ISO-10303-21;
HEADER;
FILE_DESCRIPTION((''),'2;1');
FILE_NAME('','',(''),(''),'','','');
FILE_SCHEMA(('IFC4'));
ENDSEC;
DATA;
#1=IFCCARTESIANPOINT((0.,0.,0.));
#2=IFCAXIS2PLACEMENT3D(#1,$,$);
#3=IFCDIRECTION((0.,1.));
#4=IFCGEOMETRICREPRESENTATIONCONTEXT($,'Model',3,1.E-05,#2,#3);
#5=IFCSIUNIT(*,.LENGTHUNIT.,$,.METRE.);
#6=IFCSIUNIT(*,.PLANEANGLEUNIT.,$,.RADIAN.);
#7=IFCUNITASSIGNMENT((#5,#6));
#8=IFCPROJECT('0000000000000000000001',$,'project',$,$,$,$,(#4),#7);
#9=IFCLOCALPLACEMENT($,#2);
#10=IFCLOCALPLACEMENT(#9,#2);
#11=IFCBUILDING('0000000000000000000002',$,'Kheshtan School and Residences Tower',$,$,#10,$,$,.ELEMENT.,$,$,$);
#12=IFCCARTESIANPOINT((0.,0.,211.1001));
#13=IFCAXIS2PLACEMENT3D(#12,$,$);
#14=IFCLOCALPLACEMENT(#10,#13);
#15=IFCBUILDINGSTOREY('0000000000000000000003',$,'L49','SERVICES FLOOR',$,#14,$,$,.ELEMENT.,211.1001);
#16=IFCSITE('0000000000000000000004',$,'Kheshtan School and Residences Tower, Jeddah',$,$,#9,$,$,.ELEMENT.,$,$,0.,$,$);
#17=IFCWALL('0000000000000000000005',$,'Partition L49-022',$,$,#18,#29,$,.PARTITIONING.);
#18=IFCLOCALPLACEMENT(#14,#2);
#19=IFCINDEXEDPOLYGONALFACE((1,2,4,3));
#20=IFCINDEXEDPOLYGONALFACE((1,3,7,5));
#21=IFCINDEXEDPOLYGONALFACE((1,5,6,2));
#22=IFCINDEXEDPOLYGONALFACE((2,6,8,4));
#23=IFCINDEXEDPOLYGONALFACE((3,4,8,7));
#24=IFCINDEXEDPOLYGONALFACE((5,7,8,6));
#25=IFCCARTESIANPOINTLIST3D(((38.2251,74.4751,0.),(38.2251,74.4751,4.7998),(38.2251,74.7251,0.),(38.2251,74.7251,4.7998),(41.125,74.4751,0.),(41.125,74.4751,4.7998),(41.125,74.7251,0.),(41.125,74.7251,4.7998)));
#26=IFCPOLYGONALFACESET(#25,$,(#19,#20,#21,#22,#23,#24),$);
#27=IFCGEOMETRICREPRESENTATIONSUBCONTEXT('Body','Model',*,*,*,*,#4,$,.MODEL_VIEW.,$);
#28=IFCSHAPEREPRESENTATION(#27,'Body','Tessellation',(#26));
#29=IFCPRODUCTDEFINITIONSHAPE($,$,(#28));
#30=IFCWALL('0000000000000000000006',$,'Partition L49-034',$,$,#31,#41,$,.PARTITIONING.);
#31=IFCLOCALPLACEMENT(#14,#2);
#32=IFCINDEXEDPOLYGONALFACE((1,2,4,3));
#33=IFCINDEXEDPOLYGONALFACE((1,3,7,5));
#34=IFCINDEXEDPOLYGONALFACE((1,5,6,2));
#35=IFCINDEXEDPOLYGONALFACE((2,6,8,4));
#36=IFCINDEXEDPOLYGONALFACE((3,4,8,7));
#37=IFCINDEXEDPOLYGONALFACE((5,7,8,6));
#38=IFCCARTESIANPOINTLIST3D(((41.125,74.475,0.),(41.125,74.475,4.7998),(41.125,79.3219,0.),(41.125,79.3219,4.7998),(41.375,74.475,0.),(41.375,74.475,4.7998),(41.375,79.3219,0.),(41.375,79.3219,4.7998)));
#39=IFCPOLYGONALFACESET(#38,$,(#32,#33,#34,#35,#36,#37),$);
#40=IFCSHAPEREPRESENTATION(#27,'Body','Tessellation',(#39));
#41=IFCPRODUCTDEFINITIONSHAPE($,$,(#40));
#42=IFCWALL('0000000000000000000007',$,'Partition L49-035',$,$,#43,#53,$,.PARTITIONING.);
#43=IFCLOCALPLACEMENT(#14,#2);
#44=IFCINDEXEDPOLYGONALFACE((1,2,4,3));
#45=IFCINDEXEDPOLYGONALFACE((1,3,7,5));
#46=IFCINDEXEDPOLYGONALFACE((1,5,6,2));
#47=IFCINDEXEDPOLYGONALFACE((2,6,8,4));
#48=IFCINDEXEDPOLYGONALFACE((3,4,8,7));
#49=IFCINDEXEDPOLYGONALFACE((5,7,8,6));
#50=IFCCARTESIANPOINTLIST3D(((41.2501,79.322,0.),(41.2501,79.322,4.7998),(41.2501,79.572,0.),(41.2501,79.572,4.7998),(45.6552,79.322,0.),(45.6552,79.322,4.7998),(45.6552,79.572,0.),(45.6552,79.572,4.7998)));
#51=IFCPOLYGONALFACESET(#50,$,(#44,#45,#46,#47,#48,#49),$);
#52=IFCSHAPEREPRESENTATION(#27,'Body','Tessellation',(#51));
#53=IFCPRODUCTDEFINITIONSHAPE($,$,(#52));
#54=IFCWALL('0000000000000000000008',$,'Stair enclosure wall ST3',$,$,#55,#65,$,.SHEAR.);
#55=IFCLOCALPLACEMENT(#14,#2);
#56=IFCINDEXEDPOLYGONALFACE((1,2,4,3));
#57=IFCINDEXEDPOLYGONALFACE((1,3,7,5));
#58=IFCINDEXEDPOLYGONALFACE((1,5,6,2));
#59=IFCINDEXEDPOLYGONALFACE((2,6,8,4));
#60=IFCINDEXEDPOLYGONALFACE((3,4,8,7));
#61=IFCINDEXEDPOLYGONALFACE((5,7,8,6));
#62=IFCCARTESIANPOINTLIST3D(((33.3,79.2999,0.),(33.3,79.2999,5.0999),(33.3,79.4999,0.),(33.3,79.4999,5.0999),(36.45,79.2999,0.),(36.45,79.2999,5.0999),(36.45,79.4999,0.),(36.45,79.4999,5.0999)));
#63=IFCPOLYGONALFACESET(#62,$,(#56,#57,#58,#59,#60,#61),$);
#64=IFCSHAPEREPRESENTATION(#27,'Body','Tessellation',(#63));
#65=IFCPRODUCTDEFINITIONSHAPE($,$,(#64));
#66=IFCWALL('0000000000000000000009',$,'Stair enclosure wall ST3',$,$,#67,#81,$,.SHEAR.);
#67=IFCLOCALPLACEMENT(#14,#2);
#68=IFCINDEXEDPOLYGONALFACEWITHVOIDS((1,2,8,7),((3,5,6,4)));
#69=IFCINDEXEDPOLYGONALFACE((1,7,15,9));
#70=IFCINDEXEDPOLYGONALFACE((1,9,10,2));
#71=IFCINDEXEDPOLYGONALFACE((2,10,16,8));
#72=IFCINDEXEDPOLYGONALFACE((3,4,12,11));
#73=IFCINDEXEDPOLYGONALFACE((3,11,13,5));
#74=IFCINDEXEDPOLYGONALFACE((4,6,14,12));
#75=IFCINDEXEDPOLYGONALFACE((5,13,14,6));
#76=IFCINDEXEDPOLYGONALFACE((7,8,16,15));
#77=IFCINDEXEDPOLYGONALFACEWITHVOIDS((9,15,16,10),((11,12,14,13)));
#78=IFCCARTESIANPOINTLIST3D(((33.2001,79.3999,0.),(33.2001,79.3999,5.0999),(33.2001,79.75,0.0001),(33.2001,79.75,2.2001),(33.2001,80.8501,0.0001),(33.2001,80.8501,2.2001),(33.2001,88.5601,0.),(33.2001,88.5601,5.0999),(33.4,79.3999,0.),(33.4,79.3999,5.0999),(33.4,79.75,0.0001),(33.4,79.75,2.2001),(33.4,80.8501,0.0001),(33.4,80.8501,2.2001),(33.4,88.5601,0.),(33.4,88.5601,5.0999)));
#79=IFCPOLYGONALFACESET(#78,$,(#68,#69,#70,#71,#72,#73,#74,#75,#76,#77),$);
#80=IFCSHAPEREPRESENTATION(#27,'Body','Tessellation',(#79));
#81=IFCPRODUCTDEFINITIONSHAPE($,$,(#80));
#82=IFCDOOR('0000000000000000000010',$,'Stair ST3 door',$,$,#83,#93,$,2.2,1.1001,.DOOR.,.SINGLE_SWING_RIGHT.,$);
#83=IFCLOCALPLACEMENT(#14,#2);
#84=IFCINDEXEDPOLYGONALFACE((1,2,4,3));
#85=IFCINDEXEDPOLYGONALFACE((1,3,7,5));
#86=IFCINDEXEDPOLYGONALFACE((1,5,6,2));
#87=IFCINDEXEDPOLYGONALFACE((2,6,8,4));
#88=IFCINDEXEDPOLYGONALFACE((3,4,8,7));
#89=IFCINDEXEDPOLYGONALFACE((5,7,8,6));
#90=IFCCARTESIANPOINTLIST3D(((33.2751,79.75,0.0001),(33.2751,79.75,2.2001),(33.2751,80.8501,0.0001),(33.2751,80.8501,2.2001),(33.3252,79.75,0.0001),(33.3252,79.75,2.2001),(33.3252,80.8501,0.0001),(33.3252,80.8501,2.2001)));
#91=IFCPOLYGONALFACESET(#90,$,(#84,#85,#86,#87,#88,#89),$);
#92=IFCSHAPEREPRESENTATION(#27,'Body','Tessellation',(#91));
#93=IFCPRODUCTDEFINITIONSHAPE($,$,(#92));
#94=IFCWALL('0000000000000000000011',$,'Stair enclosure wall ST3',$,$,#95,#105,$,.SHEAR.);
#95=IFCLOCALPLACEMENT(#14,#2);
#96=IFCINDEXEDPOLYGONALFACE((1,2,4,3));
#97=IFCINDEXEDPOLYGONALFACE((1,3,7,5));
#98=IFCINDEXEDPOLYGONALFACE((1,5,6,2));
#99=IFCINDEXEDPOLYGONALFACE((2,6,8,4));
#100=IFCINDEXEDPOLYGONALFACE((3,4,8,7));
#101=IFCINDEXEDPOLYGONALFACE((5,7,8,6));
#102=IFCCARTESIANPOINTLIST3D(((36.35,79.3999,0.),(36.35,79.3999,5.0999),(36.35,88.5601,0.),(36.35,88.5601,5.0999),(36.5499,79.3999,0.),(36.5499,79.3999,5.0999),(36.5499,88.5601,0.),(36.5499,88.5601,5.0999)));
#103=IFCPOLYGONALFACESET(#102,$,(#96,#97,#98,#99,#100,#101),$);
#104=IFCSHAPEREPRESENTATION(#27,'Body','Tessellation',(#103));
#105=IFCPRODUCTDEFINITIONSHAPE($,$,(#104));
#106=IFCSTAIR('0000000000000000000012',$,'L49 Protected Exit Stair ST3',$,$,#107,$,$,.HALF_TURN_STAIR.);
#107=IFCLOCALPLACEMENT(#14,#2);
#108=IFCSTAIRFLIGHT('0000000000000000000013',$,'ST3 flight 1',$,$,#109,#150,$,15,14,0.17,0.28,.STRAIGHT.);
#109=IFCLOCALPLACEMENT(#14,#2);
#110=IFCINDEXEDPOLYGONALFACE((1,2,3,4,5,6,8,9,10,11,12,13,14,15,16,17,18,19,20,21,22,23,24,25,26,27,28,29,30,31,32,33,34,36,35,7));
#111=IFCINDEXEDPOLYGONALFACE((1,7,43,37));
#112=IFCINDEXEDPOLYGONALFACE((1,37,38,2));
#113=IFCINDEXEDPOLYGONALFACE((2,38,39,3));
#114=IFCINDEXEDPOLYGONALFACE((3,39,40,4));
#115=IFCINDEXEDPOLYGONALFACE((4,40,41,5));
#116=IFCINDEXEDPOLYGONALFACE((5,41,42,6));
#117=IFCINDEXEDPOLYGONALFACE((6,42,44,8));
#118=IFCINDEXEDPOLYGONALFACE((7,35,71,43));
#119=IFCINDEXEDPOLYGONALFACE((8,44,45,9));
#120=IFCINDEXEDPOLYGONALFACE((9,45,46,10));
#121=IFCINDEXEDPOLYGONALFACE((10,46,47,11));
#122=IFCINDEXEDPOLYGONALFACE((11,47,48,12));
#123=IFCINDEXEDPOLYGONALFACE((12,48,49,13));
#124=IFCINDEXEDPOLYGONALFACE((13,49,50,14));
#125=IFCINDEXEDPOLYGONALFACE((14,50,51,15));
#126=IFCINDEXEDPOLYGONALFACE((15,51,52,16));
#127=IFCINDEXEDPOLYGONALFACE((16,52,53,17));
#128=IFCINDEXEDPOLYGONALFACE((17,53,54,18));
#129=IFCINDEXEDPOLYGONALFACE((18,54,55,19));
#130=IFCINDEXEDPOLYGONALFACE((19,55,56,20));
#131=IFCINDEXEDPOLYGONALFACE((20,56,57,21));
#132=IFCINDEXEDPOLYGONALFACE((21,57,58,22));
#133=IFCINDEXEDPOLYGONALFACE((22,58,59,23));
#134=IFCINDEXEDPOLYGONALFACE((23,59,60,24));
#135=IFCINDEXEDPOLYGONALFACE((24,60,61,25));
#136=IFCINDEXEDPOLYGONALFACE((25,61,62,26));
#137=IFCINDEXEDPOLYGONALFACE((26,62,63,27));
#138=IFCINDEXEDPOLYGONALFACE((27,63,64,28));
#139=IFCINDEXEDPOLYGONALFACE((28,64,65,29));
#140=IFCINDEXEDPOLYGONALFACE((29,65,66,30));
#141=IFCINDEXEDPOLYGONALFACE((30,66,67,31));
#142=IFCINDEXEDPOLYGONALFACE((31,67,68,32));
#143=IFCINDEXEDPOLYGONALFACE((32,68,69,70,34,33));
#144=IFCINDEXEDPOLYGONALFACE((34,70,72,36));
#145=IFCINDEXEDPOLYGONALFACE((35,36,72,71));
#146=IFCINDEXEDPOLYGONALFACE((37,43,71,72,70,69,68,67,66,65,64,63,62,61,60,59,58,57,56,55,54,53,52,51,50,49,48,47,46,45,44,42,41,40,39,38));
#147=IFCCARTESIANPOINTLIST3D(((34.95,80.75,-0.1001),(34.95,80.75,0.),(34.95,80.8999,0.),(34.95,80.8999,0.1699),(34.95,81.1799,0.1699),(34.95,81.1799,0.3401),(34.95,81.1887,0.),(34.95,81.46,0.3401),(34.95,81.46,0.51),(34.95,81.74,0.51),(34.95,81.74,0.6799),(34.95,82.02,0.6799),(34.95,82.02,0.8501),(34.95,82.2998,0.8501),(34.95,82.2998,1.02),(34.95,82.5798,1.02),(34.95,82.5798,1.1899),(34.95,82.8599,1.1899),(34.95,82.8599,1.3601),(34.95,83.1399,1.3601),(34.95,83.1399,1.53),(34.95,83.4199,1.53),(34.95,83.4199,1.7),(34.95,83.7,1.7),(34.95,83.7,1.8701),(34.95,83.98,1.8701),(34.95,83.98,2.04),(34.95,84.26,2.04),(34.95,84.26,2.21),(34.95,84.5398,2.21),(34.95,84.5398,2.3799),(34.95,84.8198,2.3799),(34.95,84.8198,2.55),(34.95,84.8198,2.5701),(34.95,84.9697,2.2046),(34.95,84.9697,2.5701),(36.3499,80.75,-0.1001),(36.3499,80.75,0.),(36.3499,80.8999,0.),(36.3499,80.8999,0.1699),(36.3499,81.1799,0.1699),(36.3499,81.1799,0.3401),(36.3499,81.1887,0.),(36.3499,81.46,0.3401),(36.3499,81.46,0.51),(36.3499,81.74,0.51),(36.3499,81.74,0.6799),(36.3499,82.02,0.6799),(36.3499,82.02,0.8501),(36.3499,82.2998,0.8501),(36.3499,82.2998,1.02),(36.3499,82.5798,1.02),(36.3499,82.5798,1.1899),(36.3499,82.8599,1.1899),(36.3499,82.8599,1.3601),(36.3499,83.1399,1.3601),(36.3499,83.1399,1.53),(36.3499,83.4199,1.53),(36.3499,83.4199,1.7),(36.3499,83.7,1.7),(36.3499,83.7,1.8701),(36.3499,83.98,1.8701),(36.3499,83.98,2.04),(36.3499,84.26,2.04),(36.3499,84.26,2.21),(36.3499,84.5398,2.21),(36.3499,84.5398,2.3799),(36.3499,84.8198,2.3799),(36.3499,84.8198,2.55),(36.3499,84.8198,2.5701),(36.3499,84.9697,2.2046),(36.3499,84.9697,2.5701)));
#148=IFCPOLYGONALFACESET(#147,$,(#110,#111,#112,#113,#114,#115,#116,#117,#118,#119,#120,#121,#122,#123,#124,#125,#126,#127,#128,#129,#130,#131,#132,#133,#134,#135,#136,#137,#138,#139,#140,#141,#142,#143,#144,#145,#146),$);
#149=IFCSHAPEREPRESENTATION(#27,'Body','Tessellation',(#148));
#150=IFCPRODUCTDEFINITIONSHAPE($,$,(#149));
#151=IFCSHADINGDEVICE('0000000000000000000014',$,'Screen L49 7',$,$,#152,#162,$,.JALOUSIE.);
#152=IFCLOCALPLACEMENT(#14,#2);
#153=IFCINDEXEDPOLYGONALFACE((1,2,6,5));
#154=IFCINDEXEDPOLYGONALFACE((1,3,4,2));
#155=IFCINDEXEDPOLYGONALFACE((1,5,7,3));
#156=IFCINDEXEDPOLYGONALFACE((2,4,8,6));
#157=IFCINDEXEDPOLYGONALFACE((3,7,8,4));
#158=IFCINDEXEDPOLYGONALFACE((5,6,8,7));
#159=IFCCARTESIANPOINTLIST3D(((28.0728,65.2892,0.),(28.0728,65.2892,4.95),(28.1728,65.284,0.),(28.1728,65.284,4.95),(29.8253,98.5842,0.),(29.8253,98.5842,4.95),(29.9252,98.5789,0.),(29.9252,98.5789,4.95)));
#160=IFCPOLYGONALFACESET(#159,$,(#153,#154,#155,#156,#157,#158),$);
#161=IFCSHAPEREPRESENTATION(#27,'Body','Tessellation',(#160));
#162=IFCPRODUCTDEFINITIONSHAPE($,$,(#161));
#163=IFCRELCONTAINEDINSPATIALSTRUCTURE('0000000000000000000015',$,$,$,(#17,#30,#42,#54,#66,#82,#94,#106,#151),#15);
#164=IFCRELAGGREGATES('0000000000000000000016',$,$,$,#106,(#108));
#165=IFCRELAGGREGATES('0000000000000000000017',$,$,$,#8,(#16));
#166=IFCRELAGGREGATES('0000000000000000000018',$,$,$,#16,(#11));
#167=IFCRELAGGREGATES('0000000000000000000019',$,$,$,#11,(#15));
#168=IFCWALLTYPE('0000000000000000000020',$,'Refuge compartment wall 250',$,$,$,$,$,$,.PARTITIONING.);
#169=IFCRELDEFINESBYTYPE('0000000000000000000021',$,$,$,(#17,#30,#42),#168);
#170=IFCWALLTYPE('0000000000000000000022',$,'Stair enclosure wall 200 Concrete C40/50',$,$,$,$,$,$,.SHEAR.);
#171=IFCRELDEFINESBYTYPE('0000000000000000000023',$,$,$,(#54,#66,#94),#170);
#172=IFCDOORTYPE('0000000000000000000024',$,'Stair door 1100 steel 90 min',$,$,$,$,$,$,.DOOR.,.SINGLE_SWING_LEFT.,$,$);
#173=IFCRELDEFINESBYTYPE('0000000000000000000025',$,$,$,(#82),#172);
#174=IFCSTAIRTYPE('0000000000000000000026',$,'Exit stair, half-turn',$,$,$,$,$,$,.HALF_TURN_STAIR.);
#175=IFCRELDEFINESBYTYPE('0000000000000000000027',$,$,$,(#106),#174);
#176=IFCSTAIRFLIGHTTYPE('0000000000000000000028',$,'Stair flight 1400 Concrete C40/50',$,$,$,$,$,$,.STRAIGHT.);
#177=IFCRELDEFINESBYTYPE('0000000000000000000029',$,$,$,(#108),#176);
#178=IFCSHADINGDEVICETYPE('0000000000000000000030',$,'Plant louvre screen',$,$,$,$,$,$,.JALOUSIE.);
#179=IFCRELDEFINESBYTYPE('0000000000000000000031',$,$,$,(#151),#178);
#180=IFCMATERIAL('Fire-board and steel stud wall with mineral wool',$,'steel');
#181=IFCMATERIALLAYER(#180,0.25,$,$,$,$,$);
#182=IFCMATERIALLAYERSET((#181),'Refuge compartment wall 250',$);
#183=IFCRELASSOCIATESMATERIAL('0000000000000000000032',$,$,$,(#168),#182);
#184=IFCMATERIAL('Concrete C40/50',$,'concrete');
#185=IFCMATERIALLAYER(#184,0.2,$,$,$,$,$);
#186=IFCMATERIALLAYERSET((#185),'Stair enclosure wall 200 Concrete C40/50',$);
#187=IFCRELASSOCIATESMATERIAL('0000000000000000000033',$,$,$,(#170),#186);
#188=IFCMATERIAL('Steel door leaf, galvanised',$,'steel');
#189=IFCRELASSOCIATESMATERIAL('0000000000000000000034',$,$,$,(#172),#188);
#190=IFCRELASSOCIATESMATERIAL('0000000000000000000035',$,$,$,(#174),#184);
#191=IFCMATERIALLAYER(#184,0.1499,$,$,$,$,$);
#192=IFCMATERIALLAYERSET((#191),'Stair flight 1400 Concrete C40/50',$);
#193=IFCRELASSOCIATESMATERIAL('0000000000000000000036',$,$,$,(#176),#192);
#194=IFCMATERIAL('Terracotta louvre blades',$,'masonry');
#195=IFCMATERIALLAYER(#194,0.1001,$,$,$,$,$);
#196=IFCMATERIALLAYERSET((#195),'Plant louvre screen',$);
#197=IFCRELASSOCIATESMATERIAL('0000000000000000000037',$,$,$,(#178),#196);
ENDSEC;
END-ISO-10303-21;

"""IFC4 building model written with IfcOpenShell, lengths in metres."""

from ifc_helpers import new_model, si_unit, direction, frame, frame_2d, origin, origin_2d, place, context, subcontext, project, spatial, polyline, rectangle, outline, extrude, source, transform, mapped, material, layer, layer_set, type_object, element, fill, aggregate, save


model = new_model("IFC4")

# Units and contexts
model_context = context("Model", 3, precision=1e-05, world=origin(), true_north=direction((0.0, 1.0)))
body_context = subcontext(model_context, "Body", "Model", "MODEL_VIEW")
ifc_project = project(units=[si_unit("LENGTHUNIT", "METRE"), si_unit("PLANEANGLEUNIT", "RADIAN")], contexts=[model_context])

# Site, building, storey
site_placement = place(None, origin())
site = spatial("IfcSite", under=ifc_project, at=site_placement, Name="Kheshtan School and Residences Tower, Jeddah", CompositionType="ELEMENT", RefElevation=0.0)
building_placement = place(site_placement, origin())
building = spatial("IfcBuilding", under=site, at=building_placement, Name="Kheshtan School and Residences Tower", CompositionType="ELEMENT")
storey_placement = place(building_placement, frame((0.0, 0.0, 211.1001)))
storey = spatial("IfcBuildingStorey", under=building, at=storey_placement, Name="L49", Description="SERVICES FLOOR", CompositionType="ELEMENT", Elevation=211.1001)

# Shared definitions
ifc_material_1 = material(Name="Fire-board and steel stud wall with mineral wool", Category="steel")

# Walls
ifc_layer_1 = layer(ifc_material_1, 0.25)
ifc_layer_set_1 = layer_set([ifc_layer_1], Name="Refuge compartment wall 250")
wall_type_1 = type_object("IfcWallType", Name="Refuge compartment wall 250", PredefinedType="PARTITIONING", material=ifc_layer_set_1)
wall_1_placement = place(storey_placement, frame((38.2251, 74.6001, 0.0), z_axis=(0.0, 0.0, 1.0), x_axis=(1.0, 0.0, 0.0)))
element("IfcWall", 1, at=wall_1_placement, inside=storey, type_object=wall_type_1, Name="Partition L49-022", PredefinedType="PARTITIONING", context=body_context, shape_type="SweptSolid", body=[
    extrude(rectangle(XDim=2.8999, YDim=0.25, at=frame_2d((1.45, 0.0))), origin(), (0.0, 0.0, 1.0), 4.7998),
])
wall_2_placement = place(storey_placement, frame((41.25, 74.4751, 0.0), z_axis=(0.0, 0.0, 1.0), x_axis=(0.0, 1.0, 0.0)))
element("IfcWall", 2, at=wall_2_placement, inside=storey, type_object=wall_type_1, Name="Partition L49-034", PredefinedType="PARTITIONING", context=body_context, shape_type="SweptSolid", body=[
    extrude(rectangle(XDim=4.8469, YDim=0.25, at=frame_2d((2.4233, 0.0))), origin(), (0.0, 0.0, 1.0), 4.7998),
])
wall_3_placement = place(storey_placement, frame((41.25, 79.447, 0.0), z_axis=(0.0, 0.0, 1.0), x_axis=(1.0, 0.0, 0.0)))
element("IfcWall", 3, at=wall_3_placement, inside=storey, type_object=wall_type_1, Name="Partition L49-035", PredefinedType="PARTITIONING", context=body_context, shape_type="SweptSolid", body=[
    extrude(rectangle(XDim=4.405, YDim=0.25, at=frame_2d((2.2026, 0.0))), origin(), (0.0, 0.0, 1.0), 4.7998),
])
ifc_material_2 = material(Name="Concrete C40/50", Category="concrete")
ifc_layer_2 = layer(ifc_material_2, 0.2)
ifc_layer_set_2 = layer_set([ifc_layer_2], Name="Stair enclosure wall 200 Concrete C40/50")
wall_type_2 = type_object("IfcWallType", Name="Stair enclosure wall 200 Concrete C40/50", PredefinedType="SHEAR", material=ifc_layer_set_2)
wall_4_placement = place(storey_placement, frame((33.3, 79.3999, 0.0), z_axis=(0.0, 0.0, 1.0), x_axis=(1.0, 0.0, 0.0)))
element("IfcWall", 4, at=wall_4_placement, inside=storey, type_object=wall_type_2, Name="Stair enclosure wall ST3", PredefinedType="SHEAR", context=body_context, shape_type="SweptSolid", body=[
    extrude(rectangle(XDim=3.1499, YDim=0.2, at=frame_2d((1.575, 0.0))), origin(), (0.0, 0.0, 1.0), 5.0999),
])

# Wall, opening, door
wall_5_placement = place(storey_placement, frame((33.3, 79.3999, 0.0), z_axis=(0.0, 0.0, 1.0), x_axis=(0.0, 1.0, 0.0)))
wall_5 = element("IfcWall", 5, at=wall_5_placement, inside=storey, type_object=wall_type_2, Name="Stair enclosure wall ST3", PredefinedType="SHEAR", context=body_context, shape_type="SweptSolid", body=[
    extrude(rectangle(XDim=9.1602, YDim=0.2, at=frame_2d((4.5801, 0.0))), origin(), (0.0, 0.0, 1.0), 5.0999),
])
opening_1_placement = place(wall_5_placement, frame((0.3501, 0.0, 0.0)))
opening_1 = element("IfcOpeningElement", 6, at=opening_1_placement, cuts=wall_5, PredefinedType="OPENING", context=body_context, shape_type="SweptSolid", body=[
    extrude(rectangle(XDim=1.1001, YDim=2.2, at=frame_2d((0.55, 1.1001))), frame((0.0, 0.1099, 0.0), z_axis=(0.0, -1.0, 0.0), x_axis=(1.0, 0.0, 0.0)), (0.0, 0.0, 1.0), 0.22),
])
ifc_material_3 = material(Name="Steel door leaf, galvanised", Category="steel")
door_type_1 = type_object("IfcDoorType", Name="Stair door 1100 steel 90 min", OperationType="SINGLE_SWING_LEFT", PredefinedType="DOOR", material=ifc_material_3)
shared_shape_1 = source(origin(), body_context, "Body", "SweptSolid", [
    extrude(rectangle(XDim=1.1001, YDim=2.2, at=frame_2d((0.55, 1.1001))), frame((0.0, 0.0249, 0.0), z_axis=(0.0, -1.0, 0.0), x_axis=(1.0, 0.0, 0.0)), (0.0, 0.0, 1.0), 0.05),
])
door_1_placement = place(opening_1_placement, origin())
door_1 = element("IfcDoor", 7, at=door_1_placement, inside=storey, type_object=door_type_1, Name="Stair ST3 door", OperationType="SINGLE_SWING_RIGHT", OverallHeight=2.2, OverallWidth=1.1001, PredefinedType="DOOR", context=body_context, shape_type="MappedRepresentation", body=[
    mapped(shared_shape_1, transform((0.0, 0.0, 0.0), x_axis=(1.0, 0.0, 0.0), y_axis=(0.0, 1.0, 0.0), z_axis=(0.0, 0.0, 1.0), scale=1.0)),
])
fill(opening_1, door_1)

# Wall
wall_6_placement = place(storey_placement, frame((36.45, 79.3999, 0.0), z_axis=(0.0, 0.0, 1.0), x_axis=(0.0, 1.0, 0.0)))
element("IfcWall", 8, at=wall_6_placement, inside=storey, type_object=wall_type_2, Name="Stair enclosure wall ST3", PredefinedType="SHEAR", context=body_context, shape_type="SweptSolid", body=[
    extrude(rectangle(XDim=9.1602, YDim=0.2, at=frame_2d((4.5801, 0.0))), origin(), (0.0, 0.0, 1.0), 5.0999),
])

# Stair, stair flight
stair_type = type_object("IfcStairType", Name="Exit stair, half-turn", PredefinedType="HALF_TURN_STAIR", material=ifc_material_2)
stair_placement = place(storey_placement, origin())
stair = element("IfcStair", 9, at=stair_placement, inside=storey, type_object=stair_type, Name="L49 Protected Exit Stair ST3", PredefinedType="HALF_TURN_STAIR")
ifc_layer_3 = layer(ifc_material_2, 0.1499)
ifc_layer_set_3 = layer_set([ifc_layer_3], Name="Stair flight 1400 Concrete C40/50")
stair_flight_type = type_object("IfcStairFlightType", Name="Stair flight 1400 Concrete C40/50", PredefinedType="STRAIGHT", material=ifc_layer_set_3)
stair_flight_placement = place(storey_placement, frame((35.6499, 80.8999, 0.0), z_axis=(0.0, 0.0, 1.0), x_axis=(0.0, 1.0, 0.0)))
stair_flight = element("IfcStairFlight", 10, at=stair_flight_placement, type_object=stair_flight_type, Name="ST3 flight 1", NumberOfRisers=15, NumberOfTreads=14, PredefinedType="STRAIGHT", RiserHeight=0.17, TreadLength=0.28, context=body_context, shape_type="SweptSolid", body=[
    extrude(outline(polyline([(-0.1499, -0.1001), (-0.1499, 0.0), (0.0, 0.0), (0.0, 0.1699), (0.28, 0.1699), (0.28, 0.3401), (0.5601, 0.3401), (0.5601, 0.51), (0.8401, 0.51), (0.8401, 0.6799), (1.1201, 0.6799), (1.1201, 0.8501), (1.3999, 0.8501), (1.3999, 1.02), (1.6799, 1.02), (1.6799, 1.1899), (1.96, 1.1899), (1.96, 1.3601), (2.24, 1.3601), (2.24, 1.53), (2.52, 1.53), (2.52, 1.7), (2.8, 1.7), (2.8, 1.8701), (3.0801, 1.8701), (3.0801, 2.04), (3.3601, 2.04), (3.3601, 2.21), (3.6399, 2.21), (3.6399, 2.3799), (3.9199, 2.3799), (3.9199, 2.55), (3.9199, 2.5701), (4.0698, 2.5701), (4.0698, 2.2046), (0.2888, 0.0), (-0.1499, -0.1001)])), frame((0.0, 0.7, 0.0), z_axis=(0.0, -1.0, 0.0), x_axis=(1.0, 0.0, 0.0)), (0.0, 0.0, 1.0), 1.3999),
])
aggregate(stair, [stair_flight])

# Shading device
ifc_material_4 = material(Name="Terracotta louvre blades", Category="masonry")
ifc_layer_4 = layer(ifc_material_4, 0.1001)
ifc_layer_set_4 = layer_set([ifc_layer_4], Name="Plant louvre screen")
shading_device_type = type_object("IfcShadingDeviceType", Name="Plant louvre screen", PredefinedType="JALOUSIE", material=ifc_layer_set_4)
shading_device_placement = place(storey_placement, frame((28.999, 81.9341, 0.0), z_axis=(0.0, 0.0, 1.0), x_axis=(0.052563, 0.998618, 0.0)))
element("IfcShadingDevice", 11, at=shading_device_placement, inside=storey, type_object=shading_device_type, Name="Screen L49 7", PredefinedType="JALOUSIE", context=body_context, shape_type="SweptSolid", body=[
    extrude(rectangle(XDim=33.3411, YDim=0.1001, at=origin_2d()), origin(), (0.0, 0.0, 1.0), 4.95),
])

save(model, "model.ifc")
